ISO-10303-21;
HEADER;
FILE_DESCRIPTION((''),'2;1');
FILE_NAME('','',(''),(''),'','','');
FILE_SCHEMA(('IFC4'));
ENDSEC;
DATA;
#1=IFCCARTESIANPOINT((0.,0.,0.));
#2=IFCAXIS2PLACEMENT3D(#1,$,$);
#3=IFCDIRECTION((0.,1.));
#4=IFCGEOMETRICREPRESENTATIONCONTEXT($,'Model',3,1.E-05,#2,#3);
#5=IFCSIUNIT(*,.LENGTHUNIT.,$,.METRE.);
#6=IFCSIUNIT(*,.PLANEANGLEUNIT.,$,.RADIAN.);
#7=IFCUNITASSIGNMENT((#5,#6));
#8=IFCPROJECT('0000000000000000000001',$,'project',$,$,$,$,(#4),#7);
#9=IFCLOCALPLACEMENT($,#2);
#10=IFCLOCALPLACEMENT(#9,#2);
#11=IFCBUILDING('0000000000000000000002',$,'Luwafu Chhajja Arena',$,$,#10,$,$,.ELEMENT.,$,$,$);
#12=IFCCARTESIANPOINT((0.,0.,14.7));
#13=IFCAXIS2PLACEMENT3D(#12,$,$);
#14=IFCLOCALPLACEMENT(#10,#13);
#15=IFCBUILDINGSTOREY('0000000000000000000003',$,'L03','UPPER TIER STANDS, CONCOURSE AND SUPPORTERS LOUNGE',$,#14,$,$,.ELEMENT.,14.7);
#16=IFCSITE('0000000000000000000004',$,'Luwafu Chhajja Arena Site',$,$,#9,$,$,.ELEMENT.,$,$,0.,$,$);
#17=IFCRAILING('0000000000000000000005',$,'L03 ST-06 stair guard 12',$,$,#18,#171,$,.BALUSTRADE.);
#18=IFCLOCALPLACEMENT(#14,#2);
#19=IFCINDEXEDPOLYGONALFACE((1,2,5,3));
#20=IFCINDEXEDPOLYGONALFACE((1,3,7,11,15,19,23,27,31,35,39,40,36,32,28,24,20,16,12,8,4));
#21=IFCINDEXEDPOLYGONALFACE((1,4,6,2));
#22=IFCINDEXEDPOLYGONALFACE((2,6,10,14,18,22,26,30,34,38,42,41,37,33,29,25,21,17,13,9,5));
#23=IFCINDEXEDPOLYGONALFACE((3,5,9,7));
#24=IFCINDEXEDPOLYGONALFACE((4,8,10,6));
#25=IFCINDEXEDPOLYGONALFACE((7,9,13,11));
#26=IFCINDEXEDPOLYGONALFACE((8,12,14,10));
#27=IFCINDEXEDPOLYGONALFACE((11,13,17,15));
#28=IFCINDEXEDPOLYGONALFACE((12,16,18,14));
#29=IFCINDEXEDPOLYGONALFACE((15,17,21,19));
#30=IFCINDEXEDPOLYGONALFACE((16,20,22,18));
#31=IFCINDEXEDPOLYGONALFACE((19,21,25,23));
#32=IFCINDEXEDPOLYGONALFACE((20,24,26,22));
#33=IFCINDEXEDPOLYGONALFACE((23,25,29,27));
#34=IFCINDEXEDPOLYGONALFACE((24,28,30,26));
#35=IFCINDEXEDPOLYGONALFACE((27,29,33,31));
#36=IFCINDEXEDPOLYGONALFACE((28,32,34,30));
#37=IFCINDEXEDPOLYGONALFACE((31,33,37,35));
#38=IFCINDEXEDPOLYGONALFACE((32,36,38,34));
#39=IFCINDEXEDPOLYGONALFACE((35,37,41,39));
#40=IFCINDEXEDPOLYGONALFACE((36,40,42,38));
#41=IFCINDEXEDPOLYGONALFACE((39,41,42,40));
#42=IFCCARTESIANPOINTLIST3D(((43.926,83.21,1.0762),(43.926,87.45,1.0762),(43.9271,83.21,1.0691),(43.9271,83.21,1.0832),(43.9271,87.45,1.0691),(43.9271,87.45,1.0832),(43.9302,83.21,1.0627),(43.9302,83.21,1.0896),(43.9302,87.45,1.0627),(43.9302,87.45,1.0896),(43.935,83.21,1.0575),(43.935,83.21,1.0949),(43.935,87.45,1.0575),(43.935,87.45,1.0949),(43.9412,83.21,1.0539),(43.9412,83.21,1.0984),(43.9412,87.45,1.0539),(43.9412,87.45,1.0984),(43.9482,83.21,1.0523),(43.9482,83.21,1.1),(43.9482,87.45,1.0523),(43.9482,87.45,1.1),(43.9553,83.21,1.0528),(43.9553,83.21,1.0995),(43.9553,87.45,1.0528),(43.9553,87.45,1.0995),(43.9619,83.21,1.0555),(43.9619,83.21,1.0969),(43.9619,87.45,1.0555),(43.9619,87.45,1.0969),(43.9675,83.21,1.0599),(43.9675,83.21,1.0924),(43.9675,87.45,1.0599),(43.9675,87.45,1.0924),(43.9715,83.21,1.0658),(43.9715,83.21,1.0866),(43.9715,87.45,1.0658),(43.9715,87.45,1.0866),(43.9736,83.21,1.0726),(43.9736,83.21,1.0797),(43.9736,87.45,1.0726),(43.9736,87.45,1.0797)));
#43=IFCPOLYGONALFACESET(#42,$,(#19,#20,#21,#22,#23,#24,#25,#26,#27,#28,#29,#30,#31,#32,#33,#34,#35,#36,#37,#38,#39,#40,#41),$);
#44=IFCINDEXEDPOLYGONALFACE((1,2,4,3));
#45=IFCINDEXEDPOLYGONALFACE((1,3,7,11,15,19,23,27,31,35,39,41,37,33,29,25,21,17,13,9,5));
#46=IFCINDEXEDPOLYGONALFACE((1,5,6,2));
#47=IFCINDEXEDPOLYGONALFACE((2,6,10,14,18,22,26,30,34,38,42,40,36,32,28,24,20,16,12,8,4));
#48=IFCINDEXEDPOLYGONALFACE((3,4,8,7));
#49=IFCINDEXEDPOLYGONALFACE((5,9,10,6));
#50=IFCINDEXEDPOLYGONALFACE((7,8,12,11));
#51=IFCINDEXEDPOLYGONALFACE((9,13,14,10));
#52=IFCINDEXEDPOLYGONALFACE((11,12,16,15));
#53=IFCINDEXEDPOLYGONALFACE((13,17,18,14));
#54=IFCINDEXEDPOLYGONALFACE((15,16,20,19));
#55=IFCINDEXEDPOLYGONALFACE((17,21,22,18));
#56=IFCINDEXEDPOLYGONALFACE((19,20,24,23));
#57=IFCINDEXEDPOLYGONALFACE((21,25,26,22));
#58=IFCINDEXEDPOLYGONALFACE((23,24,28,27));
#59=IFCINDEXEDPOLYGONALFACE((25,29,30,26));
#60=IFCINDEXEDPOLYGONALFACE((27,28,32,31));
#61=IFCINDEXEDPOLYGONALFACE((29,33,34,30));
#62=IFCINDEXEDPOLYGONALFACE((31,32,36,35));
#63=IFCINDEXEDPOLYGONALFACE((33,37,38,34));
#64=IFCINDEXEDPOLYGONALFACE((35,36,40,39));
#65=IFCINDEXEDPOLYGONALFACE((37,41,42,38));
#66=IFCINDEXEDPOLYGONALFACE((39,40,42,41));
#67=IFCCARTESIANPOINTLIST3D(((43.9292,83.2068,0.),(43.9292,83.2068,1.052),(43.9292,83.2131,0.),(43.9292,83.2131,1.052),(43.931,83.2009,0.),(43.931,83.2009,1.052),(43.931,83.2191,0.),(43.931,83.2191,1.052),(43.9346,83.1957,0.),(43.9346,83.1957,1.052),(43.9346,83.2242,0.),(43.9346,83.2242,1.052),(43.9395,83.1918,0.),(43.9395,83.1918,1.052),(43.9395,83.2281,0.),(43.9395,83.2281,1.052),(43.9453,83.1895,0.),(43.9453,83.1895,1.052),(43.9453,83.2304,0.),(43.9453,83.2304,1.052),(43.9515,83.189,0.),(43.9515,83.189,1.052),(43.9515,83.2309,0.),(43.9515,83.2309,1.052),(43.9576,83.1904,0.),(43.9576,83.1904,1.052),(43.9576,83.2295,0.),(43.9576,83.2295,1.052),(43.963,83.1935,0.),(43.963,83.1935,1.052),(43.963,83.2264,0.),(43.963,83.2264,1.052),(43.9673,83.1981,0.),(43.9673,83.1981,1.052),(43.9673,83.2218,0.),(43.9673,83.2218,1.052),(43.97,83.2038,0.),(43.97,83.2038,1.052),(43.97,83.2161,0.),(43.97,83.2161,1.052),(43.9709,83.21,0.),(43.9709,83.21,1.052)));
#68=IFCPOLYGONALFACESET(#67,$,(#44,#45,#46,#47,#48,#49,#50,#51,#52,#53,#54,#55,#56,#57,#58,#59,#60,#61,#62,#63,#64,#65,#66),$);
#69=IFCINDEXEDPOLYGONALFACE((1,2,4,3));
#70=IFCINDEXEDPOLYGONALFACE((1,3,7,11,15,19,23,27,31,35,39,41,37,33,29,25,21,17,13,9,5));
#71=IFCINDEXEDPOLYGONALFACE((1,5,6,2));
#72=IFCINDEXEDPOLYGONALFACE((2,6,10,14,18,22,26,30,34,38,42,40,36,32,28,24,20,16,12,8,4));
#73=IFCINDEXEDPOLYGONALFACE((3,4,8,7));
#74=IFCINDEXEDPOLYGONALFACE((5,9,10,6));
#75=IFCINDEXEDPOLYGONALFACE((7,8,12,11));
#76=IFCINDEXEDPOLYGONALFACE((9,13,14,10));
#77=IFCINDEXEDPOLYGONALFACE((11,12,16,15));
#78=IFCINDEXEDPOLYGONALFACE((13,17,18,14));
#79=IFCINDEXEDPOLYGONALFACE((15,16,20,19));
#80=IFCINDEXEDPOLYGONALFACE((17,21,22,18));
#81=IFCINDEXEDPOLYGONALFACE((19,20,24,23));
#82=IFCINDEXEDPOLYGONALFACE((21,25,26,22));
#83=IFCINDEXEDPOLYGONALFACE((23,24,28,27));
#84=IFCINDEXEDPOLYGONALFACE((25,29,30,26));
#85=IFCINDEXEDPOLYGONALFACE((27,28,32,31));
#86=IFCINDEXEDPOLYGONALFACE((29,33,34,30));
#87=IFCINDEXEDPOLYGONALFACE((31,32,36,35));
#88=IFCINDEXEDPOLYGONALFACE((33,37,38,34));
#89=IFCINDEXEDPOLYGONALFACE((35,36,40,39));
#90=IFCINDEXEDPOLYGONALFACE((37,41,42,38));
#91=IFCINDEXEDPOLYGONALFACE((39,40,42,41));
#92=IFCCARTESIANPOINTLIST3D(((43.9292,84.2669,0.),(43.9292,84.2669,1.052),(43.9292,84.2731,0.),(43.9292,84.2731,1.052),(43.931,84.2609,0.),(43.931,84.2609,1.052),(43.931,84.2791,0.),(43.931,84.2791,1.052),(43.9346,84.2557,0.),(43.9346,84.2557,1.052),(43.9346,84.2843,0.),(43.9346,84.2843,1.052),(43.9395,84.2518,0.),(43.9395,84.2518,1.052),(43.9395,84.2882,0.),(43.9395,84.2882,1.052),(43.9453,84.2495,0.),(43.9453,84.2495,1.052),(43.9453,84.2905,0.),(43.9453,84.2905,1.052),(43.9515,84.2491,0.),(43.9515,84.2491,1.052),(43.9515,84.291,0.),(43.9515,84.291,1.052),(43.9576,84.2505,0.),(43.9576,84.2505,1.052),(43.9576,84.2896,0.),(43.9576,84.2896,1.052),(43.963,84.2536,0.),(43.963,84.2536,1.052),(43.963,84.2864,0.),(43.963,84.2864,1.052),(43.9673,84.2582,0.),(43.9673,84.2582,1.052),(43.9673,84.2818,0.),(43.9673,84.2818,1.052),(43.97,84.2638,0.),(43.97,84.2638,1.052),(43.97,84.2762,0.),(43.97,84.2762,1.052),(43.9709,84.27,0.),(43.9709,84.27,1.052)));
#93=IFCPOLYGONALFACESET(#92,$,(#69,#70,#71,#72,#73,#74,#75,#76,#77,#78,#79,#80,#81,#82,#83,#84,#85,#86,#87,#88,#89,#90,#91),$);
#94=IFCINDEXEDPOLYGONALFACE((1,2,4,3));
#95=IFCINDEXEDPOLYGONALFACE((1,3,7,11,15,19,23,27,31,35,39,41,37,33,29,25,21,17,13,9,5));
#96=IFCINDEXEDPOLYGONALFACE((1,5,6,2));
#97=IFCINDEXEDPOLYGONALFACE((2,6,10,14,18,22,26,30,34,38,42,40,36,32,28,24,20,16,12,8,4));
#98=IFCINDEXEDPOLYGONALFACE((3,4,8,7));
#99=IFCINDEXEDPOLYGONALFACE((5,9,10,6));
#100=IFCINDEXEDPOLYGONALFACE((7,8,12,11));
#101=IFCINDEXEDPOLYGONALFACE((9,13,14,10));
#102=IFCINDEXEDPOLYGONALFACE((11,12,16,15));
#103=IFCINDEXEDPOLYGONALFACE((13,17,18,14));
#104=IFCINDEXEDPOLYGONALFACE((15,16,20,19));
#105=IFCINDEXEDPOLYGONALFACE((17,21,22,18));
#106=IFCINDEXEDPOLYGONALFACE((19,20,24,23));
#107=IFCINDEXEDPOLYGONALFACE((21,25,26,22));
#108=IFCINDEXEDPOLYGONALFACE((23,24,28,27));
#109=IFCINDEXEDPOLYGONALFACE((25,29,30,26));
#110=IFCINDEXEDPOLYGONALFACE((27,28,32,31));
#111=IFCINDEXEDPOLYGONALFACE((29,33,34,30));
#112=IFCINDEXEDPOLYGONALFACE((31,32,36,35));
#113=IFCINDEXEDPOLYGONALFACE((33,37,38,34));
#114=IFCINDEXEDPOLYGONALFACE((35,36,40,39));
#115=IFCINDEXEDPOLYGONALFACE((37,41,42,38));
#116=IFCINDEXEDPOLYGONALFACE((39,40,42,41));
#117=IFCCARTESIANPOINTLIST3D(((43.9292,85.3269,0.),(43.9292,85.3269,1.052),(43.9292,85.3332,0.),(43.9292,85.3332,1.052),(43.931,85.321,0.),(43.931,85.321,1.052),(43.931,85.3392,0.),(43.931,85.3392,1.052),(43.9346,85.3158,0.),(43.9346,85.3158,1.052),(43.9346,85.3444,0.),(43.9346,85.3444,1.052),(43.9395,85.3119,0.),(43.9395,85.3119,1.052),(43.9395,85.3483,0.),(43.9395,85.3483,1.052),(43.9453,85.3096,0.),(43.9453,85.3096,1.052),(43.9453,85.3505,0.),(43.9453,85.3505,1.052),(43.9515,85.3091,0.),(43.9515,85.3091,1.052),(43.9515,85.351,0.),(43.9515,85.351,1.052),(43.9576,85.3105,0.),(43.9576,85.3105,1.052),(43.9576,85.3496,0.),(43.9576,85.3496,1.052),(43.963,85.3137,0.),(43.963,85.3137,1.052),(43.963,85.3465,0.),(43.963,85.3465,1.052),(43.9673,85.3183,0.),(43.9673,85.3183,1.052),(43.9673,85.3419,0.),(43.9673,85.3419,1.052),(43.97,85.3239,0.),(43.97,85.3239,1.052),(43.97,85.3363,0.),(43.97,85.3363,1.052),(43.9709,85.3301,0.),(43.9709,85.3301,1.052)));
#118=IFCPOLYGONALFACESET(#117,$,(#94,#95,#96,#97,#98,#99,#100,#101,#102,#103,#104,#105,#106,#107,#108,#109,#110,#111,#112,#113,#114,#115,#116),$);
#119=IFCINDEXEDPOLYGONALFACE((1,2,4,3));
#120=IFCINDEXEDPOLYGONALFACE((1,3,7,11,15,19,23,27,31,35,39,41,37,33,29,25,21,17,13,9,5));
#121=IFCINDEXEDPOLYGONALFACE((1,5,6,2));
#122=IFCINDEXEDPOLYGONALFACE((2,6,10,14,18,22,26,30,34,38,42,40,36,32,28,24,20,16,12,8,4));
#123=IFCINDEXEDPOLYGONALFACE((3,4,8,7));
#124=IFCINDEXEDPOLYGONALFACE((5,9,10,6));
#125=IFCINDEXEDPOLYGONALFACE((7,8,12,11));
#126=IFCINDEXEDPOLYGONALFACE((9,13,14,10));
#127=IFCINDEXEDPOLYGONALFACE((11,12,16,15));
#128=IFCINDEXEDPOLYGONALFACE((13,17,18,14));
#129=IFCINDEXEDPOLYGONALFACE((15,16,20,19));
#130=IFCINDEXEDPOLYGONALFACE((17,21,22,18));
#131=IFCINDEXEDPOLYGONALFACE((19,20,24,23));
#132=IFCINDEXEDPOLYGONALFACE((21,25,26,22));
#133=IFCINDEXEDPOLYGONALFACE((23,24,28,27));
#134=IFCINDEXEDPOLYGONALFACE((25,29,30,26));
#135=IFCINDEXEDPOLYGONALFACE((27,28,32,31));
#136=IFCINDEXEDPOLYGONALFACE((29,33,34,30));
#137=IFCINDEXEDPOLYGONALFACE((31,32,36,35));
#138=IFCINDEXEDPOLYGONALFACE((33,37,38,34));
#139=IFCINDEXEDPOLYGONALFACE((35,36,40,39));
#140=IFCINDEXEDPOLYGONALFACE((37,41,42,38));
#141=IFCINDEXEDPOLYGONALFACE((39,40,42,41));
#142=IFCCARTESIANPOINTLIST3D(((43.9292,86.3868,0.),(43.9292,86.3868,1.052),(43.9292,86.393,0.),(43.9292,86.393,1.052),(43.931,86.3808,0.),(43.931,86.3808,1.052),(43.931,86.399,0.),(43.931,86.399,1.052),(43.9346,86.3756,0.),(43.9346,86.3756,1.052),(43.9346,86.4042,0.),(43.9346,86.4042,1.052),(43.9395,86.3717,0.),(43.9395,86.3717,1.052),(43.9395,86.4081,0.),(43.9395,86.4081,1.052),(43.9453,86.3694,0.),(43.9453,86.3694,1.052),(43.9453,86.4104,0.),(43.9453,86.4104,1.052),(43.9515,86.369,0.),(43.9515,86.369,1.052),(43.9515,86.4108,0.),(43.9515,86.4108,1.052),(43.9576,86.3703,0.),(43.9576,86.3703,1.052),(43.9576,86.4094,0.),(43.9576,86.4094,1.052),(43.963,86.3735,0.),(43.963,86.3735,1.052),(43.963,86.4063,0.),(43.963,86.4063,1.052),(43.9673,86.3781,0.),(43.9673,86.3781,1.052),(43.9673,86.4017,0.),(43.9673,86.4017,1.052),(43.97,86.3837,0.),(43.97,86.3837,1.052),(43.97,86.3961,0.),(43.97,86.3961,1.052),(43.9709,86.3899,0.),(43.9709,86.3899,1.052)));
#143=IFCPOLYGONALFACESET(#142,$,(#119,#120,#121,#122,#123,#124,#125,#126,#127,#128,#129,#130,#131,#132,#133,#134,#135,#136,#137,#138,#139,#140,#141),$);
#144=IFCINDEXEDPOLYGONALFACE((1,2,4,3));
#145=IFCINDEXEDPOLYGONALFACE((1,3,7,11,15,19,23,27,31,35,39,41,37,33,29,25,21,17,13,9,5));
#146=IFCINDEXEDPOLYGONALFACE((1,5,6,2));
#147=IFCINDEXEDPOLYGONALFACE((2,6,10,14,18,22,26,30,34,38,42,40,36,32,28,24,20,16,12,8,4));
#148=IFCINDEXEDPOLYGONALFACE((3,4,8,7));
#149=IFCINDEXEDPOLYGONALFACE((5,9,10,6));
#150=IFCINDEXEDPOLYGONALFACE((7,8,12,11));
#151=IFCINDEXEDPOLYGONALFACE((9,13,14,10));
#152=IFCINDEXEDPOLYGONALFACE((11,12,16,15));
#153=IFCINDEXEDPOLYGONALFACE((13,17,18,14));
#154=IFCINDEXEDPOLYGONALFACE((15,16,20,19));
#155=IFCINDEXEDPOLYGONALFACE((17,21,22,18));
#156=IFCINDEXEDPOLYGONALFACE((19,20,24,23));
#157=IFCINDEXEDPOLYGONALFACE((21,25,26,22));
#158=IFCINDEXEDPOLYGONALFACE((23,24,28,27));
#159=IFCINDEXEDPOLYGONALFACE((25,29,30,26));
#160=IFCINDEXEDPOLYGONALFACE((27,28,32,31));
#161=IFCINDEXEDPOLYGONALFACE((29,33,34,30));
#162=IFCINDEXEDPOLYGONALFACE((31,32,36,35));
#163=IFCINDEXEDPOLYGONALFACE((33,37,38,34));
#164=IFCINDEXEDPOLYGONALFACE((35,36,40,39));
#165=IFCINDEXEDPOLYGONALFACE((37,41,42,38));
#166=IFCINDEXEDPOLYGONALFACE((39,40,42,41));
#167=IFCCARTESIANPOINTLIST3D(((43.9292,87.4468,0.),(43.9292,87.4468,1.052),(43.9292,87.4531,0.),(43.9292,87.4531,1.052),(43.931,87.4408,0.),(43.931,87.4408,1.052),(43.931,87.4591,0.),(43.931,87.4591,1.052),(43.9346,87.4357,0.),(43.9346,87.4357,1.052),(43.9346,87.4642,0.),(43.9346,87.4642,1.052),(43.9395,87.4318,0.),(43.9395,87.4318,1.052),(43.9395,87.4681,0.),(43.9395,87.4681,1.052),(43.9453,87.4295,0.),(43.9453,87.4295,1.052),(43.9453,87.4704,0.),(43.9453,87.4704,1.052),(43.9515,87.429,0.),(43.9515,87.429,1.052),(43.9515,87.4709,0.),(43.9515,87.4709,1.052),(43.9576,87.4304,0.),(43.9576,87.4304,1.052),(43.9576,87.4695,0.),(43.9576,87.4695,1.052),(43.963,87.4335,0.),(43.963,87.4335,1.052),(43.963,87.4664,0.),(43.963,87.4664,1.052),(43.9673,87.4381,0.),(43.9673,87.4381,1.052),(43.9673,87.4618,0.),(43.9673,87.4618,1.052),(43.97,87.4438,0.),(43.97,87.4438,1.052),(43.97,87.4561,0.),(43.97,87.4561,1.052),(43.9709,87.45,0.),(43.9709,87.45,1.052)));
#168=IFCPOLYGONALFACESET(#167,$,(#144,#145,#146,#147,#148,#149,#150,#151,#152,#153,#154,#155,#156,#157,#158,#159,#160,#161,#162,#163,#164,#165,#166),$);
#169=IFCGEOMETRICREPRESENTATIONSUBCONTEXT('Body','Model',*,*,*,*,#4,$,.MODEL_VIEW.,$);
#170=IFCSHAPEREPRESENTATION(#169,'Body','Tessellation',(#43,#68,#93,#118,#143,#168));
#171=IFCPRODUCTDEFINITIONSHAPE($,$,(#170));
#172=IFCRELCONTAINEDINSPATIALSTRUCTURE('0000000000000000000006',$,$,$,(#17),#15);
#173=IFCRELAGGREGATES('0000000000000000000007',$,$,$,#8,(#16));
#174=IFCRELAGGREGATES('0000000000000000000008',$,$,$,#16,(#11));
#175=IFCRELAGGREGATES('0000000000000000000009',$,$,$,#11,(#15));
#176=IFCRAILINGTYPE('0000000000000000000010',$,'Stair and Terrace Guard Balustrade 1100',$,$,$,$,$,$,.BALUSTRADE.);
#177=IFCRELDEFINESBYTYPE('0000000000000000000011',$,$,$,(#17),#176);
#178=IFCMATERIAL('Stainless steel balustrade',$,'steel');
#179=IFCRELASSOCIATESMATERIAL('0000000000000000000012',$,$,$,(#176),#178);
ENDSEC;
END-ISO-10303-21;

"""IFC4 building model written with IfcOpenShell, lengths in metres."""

from ifc_helpers import new_model, si_unit, direction, frame, origin, origin_2d, place, context, subcontext, project, spatial, circle, extrude, material, type_object, element, save


model = new_model("IFC4")

# Units and contexts
model_context = context("Model", 3, precision=1e-05, world=origin(), true_north=direction((0.0, 1.0)))
body_context = subcontext(model_context, "Body", "Model", "MODEL_VIEW")
ifc_project = project(units=[si_unit("LENGTHUNIT", "METRE"), si_unit("PLANEANGLEUNIT", "RADIAN")], contexts=[model_context])

# Site, building, storey
site_placement = place(None, origin())
site = spatial("IfcSite", under=ifc_project, at=site_placement, Name="Luwafu Chhajja Arena Site", CompositionType="ELEMENT", RefElevation=0.0)
building_placement = place(site_placement, origin())
building = spatial("IfcBuilding", under=site, at=building_placement, Name="Luwafu Chhajja Arena", CompositionType="ELEMENT")
storey_placement = place(building_placement, frame((0.0, 0.0, 14.7)))
storey = spatial("IfcBuildingStorey", under=building, at=storey_placement, Name="L03", Description="UPPER TIER STANDS, CONCOURSE AND SUPPORTERS LOUNGE", CompositionType="ELEMENT", Elevation=14.7)

# Railing
ifc_material_1 = material(Name="Stainless steel balustrade", Category="steel")
railing_type = type_object("IfcRailingType", Name="Stair and Terrace Guard Balustrade 1100", PredefinedType="BALUSTRADE", material=ifc_material_1)
for number, where, name in (
    (1, (43.95, 83.21, 0.0), "L03 ST-06 stair guard 12"),
):
    element("IfcRailing", number, at=place(storey_placement, frame(where)), inside=storey, type_object=railing_type, Name=name, PredefinedType="BALUSTRADE", context=body_context, shape_type="SweptSolid", body=[
        extrude(circle(Radius=0.0239, at=origin_2d()), frame((0.0, 0.0, 1.0762), z_axis=(0.0, 1.0, 0.0), x_axis=(-1.0, 0.0, 0.0)), (0.0, 0.0, 1.0), 4.24),
        extrude(circle(Radius=0.021, at=origin_2d()), origin(), (0.0, 0.0, 1.0), 1.052),
        extrude(circle(Radius=0.021, at=origin_2d()), frame((0.0, 1.0601, 0.0)), (0.0, 0.0, 1.0), 1.052),
        extrude(circle(Radius=0.021, at=origin_2d()), frame((0.0, 2.1201, 0.0)), (0.0, 0.0, 1.0), 1.052),
        extrude(circle(Radius=0.021, at=origin_2d()), frame((0.0, 3.1799, 0.0)), (0.0, 0.0, 1.0), 1.052),
        extrude(circle(Radius=0.021, at=origin_2d()), frame((0.0, 4.24, 0.0)), (0.0, 0.0, 1.0), 1.052),
    ])

save(model, "model.ifc")
